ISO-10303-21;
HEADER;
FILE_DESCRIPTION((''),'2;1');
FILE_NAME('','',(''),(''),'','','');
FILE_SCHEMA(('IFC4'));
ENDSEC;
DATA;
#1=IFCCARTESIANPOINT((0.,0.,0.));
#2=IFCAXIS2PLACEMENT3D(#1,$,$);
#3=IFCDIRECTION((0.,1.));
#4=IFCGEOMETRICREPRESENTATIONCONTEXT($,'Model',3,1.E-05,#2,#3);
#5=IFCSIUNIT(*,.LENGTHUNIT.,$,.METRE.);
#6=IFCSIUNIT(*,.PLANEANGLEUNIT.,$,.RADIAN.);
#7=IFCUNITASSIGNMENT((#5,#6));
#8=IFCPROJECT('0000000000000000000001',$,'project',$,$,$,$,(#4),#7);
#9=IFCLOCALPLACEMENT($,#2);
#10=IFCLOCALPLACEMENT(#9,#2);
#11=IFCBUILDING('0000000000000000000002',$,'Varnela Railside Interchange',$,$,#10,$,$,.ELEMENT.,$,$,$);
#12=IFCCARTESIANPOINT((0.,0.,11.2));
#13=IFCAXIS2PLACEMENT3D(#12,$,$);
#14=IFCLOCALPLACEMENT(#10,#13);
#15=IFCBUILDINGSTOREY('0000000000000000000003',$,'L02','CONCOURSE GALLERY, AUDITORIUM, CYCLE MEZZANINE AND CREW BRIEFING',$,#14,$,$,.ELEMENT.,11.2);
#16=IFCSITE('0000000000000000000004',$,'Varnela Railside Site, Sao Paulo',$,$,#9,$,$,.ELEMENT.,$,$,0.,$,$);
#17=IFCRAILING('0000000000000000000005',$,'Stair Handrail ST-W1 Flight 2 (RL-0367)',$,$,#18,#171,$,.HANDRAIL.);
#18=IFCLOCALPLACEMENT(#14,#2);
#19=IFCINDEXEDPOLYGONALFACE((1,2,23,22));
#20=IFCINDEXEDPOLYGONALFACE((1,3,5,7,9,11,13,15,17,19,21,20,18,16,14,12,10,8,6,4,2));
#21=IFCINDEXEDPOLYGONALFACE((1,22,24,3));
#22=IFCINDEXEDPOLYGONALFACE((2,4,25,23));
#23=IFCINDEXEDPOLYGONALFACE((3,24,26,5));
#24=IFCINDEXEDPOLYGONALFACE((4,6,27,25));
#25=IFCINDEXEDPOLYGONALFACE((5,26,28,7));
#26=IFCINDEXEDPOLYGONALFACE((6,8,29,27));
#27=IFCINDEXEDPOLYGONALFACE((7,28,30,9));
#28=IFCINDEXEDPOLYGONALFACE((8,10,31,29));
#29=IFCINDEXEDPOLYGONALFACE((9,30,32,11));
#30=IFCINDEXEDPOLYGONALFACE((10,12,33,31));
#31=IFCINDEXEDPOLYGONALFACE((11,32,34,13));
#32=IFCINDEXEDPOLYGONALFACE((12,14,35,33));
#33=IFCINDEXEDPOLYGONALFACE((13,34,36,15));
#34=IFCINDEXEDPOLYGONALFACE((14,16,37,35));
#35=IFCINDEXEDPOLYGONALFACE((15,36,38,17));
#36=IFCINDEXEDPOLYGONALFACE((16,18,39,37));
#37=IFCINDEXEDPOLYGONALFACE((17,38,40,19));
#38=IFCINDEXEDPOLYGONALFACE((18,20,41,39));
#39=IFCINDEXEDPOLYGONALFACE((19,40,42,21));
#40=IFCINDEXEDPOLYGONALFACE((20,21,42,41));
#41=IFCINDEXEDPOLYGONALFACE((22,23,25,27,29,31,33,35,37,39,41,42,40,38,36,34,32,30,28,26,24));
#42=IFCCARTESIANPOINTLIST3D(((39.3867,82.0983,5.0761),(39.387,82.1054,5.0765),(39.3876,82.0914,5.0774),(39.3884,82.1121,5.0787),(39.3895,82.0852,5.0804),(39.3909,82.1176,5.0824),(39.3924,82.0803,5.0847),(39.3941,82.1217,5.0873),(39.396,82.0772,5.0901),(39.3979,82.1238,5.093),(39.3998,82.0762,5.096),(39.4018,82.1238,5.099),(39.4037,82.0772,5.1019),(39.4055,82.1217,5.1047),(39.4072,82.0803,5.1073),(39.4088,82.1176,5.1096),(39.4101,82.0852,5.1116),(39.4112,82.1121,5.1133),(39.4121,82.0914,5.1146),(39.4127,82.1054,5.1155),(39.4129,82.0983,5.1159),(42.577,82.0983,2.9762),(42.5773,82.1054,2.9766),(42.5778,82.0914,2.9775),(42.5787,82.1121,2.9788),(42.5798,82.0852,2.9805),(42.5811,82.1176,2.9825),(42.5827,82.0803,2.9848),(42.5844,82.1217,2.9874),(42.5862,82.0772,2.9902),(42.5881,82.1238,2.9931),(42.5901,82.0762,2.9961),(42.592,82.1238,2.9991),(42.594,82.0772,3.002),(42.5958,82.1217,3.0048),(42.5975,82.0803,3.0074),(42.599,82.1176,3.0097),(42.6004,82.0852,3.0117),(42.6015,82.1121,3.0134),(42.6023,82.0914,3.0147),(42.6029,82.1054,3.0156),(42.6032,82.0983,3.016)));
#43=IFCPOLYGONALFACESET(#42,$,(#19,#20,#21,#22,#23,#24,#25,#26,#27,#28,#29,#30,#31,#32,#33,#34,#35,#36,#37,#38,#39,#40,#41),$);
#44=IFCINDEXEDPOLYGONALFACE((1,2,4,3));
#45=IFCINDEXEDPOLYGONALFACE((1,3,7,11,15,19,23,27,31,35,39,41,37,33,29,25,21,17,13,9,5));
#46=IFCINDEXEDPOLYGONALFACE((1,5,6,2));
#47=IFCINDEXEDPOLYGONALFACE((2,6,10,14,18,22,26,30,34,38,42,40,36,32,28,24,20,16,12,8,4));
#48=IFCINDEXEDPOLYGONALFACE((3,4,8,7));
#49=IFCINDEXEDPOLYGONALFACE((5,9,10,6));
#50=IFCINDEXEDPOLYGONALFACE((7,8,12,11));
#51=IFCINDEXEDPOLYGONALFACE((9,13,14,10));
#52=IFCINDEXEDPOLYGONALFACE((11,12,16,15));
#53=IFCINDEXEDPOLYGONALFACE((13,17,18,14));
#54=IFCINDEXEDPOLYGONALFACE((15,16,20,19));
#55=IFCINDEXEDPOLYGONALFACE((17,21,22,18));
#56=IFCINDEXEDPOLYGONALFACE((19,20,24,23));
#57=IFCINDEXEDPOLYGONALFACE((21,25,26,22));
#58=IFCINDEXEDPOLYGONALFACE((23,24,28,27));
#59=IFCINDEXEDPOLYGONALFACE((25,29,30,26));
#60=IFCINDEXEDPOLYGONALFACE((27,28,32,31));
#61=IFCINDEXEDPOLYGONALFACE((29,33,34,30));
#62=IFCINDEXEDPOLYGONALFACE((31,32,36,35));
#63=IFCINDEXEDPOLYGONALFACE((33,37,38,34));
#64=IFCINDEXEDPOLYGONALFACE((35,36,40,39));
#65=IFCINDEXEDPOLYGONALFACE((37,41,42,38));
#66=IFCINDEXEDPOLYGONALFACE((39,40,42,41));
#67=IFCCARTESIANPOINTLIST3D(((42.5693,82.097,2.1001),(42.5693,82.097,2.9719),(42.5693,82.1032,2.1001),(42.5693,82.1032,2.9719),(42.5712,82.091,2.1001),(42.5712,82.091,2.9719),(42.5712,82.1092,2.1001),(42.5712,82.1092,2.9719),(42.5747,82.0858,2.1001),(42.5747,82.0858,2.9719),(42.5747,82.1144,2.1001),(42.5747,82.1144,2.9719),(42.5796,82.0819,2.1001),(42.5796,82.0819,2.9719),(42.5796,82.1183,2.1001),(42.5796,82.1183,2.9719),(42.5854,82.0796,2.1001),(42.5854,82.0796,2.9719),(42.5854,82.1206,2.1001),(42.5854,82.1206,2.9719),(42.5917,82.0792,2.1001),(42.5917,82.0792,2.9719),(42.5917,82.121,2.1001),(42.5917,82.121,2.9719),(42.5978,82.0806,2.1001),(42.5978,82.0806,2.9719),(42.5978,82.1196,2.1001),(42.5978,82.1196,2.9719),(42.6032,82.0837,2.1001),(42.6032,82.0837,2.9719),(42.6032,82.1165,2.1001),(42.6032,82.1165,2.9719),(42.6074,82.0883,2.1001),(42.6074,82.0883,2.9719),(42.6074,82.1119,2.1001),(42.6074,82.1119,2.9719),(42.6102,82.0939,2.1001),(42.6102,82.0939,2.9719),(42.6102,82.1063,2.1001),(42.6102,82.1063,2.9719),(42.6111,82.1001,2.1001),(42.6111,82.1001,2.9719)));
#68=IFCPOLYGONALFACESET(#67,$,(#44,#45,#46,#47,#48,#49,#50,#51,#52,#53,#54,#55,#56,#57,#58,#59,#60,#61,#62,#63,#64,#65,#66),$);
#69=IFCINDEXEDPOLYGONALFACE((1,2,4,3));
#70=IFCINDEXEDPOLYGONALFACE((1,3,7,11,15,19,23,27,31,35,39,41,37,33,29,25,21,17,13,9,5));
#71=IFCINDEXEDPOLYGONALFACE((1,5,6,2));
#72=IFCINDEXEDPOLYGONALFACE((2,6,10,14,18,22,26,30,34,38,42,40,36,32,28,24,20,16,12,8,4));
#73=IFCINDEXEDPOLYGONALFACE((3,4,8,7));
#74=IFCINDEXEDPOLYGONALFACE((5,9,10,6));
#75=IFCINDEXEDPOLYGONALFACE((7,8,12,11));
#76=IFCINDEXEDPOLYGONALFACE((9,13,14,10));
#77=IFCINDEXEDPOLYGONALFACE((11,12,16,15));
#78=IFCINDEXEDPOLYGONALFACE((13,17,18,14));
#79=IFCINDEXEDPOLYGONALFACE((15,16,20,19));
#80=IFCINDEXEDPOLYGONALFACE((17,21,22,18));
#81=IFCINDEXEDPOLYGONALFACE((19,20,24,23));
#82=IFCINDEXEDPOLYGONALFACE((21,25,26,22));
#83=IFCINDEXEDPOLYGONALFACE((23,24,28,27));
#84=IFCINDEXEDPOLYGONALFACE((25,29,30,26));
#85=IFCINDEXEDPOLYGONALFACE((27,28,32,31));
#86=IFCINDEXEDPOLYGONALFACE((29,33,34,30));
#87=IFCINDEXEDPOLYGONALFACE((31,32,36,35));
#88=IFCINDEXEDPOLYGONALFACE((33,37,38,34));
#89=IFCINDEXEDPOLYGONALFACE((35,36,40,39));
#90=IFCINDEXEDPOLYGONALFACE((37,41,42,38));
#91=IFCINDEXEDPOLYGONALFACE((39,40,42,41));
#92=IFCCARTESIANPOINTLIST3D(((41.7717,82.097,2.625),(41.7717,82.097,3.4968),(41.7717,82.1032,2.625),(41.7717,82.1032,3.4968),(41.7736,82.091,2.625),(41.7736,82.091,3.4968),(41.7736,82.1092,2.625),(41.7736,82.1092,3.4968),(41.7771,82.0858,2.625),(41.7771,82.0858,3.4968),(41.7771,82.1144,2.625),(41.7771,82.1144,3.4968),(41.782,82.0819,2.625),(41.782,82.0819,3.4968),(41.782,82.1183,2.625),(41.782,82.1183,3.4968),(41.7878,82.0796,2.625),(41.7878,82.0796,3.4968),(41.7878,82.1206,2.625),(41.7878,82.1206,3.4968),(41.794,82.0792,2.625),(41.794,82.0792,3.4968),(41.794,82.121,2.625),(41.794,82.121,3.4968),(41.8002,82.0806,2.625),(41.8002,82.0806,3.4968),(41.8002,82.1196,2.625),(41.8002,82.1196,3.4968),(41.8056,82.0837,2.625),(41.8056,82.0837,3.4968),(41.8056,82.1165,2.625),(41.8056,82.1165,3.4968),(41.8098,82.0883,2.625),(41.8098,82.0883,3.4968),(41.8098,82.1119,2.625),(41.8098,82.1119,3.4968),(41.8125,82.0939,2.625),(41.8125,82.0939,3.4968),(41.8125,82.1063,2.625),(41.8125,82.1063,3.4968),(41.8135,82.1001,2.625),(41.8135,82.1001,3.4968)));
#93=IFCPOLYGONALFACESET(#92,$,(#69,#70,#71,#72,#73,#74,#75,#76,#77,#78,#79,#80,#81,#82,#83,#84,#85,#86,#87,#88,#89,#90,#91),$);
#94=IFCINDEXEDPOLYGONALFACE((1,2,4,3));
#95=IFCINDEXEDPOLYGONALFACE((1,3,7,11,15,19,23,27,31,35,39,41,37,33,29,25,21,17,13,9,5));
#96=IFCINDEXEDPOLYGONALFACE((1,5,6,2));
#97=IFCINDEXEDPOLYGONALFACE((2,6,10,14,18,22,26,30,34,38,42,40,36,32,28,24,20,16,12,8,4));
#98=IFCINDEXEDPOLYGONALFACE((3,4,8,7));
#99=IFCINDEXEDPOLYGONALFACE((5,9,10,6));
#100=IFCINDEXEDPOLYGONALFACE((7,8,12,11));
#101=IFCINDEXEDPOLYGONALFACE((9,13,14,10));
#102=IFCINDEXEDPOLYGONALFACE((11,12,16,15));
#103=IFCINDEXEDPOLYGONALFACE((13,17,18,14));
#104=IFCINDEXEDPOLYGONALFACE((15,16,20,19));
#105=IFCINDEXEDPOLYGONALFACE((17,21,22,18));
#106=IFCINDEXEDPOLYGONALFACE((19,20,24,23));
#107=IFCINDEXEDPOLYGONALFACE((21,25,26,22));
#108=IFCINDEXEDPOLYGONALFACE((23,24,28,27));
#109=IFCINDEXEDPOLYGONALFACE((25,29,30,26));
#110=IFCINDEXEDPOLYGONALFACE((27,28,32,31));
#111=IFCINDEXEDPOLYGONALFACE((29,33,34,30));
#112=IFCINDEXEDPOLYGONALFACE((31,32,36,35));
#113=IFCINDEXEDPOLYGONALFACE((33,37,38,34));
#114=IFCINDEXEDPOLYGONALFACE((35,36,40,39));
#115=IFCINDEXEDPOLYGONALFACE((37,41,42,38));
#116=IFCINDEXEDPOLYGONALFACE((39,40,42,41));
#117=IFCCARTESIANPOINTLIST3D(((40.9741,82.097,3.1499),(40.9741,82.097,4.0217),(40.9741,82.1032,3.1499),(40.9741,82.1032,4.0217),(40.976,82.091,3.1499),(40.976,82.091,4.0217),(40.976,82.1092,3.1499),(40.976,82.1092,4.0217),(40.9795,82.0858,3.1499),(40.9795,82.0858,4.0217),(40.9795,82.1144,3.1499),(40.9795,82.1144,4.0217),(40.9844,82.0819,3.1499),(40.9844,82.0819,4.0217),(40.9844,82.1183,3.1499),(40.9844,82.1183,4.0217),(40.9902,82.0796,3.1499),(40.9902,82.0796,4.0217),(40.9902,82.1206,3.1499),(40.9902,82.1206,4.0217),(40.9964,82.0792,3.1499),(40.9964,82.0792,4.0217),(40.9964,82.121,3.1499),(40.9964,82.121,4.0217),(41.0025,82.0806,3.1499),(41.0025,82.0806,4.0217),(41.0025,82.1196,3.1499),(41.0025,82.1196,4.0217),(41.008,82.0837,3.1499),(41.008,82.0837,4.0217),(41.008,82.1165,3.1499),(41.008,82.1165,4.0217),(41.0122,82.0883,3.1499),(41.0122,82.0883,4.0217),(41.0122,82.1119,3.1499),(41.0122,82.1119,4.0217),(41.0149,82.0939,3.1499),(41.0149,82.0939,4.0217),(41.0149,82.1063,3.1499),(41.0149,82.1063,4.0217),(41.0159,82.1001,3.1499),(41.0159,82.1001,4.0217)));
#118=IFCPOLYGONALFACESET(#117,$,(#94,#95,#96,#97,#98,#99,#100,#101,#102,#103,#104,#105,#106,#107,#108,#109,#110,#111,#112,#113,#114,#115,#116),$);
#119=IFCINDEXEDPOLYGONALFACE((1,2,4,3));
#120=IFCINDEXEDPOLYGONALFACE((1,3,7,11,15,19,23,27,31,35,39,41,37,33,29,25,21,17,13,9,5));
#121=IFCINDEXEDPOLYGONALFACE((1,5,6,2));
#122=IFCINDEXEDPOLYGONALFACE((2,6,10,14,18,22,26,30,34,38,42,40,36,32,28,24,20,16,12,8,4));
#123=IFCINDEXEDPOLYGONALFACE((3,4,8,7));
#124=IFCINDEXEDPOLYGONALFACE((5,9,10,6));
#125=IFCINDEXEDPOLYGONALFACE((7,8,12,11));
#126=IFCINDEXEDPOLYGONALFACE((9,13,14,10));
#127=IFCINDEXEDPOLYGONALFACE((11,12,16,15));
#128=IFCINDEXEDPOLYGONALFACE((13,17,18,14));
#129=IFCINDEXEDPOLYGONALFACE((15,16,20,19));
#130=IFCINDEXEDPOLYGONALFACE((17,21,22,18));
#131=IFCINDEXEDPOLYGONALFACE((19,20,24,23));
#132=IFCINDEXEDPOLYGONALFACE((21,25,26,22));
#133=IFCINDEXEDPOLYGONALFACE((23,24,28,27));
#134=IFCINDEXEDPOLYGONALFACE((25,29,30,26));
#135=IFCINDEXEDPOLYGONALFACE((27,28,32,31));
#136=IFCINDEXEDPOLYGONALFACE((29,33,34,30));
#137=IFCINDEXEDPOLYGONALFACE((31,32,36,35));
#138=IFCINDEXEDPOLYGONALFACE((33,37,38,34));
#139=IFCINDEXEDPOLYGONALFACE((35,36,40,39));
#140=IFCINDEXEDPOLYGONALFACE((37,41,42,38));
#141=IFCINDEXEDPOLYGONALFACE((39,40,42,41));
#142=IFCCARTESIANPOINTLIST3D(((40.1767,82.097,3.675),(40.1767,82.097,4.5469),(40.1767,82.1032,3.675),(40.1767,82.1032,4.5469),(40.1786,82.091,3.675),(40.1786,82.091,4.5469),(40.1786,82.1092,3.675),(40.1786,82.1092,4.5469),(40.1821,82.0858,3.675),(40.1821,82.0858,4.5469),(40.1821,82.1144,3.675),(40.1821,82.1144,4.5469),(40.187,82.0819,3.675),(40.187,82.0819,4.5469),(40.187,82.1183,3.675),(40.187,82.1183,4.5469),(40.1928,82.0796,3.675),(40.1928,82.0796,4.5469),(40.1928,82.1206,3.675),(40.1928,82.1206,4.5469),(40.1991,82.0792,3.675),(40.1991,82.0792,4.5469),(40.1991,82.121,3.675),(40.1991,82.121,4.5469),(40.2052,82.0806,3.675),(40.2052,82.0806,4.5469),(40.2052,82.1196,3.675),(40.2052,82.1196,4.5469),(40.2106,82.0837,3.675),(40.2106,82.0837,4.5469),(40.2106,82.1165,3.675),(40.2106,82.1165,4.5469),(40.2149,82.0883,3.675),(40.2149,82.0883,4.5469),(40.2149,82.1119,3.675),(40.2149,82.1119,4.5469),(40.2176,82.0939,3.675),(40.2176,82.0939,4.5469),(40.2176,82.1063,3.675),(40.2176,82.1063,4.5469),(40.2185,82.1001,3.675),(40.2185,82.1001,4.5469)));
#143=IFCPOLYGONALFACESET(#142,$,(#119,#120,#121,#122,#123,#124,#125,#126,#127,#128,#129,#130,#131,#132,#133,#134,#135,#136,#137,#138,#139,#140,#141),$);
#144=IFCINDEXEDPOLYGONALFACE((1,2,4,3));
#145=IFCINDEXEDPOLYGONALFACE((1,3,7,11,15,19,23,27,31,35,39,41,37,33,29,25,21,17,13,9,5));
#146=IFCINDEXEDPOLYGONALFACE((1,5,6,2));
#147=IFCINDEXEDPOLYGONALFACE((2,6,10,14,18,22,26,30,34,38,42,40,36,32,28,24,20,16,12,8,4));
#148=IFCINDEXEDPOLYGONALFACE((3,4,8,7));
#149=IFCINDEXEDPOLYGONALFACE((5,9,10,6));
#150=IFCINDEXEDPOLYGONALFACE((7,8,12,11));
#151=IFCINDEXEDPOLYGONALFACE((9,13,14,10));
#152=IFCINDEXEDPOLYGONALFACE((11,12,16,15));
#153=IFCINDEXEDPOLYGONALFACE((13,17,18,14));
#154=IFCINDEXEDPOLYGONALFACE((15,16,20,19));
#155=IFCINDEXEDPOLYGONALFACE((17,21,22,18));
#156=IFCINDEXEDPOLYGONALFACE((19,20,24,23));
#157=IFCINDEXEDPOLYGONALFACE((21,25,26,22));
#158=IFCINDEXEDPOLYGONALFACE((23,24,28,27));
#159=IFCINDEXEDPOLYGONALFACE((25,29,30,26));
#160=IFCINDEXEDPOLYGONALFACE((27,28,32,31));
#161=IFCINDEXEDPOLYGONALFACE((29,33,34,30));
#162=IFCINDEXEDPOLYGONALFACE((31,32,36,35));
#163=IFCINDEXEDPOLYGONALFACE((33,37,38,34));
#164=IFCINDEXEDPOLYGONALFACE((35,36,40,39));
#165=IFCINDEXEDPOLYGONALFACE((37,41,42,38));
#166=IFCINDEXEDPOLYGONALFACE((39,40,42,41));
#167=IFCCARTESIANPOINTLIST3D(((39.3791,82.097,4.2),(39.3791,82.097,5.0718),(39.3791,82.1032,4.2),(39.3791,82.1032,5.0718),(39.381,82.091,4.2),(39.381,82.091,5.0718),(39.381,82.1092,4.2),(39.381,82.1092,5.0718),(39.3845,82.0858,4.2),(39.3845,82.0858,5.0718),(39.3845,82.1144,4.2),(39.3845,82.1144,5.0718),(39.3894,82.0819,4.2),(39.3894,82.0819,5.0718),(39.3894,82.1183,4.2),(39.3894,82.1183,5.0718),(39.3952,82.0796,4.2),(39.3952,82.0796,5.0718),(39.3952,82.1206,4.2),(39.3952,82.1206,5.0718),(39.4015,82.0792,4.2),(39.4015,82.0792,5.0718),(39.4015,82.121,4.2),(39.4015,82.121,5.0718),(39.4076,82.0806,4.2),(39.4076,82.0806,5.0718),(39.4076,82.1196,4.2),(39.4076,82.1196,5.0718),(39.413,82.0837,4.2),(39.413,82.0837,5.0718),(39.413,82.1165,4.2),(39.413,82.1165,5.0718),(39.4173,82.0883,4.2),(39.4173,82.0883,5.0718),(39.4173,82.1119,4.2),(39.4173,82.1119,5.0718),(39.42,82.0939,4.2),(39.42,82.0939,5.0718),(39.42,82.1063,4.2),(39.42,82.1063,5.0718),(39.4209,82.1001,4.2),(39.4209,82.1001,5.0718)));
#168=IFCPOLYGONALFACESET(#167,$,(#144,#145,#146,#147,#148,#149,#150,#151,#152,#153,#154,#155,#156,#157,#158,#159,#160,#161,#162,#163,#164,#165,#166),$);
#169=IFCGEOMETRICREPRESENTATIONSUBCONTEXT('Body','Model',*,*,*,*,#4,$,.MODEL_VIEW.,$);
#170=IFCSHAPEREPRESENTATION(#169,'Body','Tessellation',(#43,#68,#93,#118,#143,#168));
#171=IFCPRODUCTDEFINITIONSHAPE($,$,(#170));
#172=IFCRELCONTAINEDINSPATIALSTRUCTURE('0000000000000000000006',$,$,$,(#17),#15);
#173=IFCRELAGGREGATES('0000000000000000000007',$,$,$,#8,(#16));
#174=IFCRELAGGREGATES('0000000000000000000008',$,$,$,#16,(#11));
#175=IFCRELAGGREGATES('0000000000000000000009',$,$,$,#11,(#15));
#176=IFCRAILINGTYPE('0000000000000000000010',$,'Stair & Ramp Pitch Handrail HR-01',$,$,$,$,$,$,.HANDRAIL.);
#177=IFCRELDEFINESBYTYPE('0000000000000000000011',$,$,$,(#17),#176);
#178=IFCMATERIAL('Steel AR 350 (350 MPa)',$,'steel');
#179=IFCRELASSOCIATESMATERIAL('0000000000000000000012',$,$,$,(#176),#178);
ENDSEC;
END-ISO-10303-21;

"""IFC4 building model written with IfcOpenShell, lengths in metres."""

from ifc_helpers import new_model, si_unit, direction, frame, origin, origin_2d, place, context, subcontext, project, spatial, circle, extrude, material, type_object, element, save


model = new_model("IFC4")

# Units and contexts
model_context = context("Model", 3, precision=1e-05, world=origin(), true_north=direction((0.0, 1.0)))
body_context = subcontext(model_context, "Body", "Model", "MODEL_VIEW")
ifc_project = project(units=[si_unit("LENGTHUNIT", "METRE"), si_unit("PLANEANGLEUNIT", "RADIAN")], contexts=[model_context])

# Site, building, storey
site_placement = place(None, origin())
site = spatial("IfcSite", under=ifc_project, at=site_placement, Name="Varnela Railside Site, Sao Paulo", CompositionType="ELEMENT", RefElevation=0.0)
building_placement = place(site_placement, origin())
building = spatial("IfcBuilding", under=site, at=building_placement, Name="Varnela Railside Interchange", CompositionType="ELEMENT")
storey_placement = place(building_placement, frame((0.0, 0.0, 11.2)))
storey = spatial("IfcBuildingStorey", under=building, at=storey_placement, Name="L02", Description="CONCOURSE GALLERY, AUDITORIUM, CYCLE MEZZANINE AND CREW BRIEFING", CompositionType="ELEMENT", Elevation=11.2)

# Shared definitions
ifc_material_1 = material(Name="Steel AR 350 (350 MPa)", Category="steel")

# Railing
railing_type_1 = type_object("IfcRailingType", Name="Stair & Ramp Pitch Handrail HR-01", PredefinedType="HANDRAIL", material=ifc_material_1)
railing_1_placement = place(storey_placement, frame((42.5901, 82.1001, 2.1001)))
element("IfcRailing", 1, at=railing_1_placement, inside=storey, type_object=railing_type_1, Name="Stair Handrail ST-W1 Flight 2 (RL-0367)", PredefinedType="HANDRAIL", context=body_context, shape_type="SweptSolid", body=[
    extrude(circle(Radius=0.0239, at=origin_2d()), frame((0.0, 0.0, 0.896), z_axis=(-0.835291, 0.0, 0.549808), x_axis=(0.0, -1.0, 0.0)), (0.0, 0.0, 1.0), 3.8193),
    extrude(circle(Radius=0.021, at=origin_2d()), origin(), (0.0, 0.0, 1.0), 0.8718),
    extrude(circle(Radius=0.021, at=origin_2d()), frame((-0.7976, 0.0, 0.5249)), (0.0, 0.0, 1.0), 0.8718),
    extrude(circle(Radius=0.021, at=origin_2d()), frame((-1.5952, 0.0, 1.0498)), (0.0, 0.0, 1.0), 0.8718),
    extrude(circle(Radius=0.021, at=origin_2d()), frame((-2.3926, 0.0, 1.575)), (0.0, 0.0, 1.0), 0.8718),
    extrude(circle(Radius=0.021, at=origin_2d()), frame((-3.1902, 0.0, 2.0999)), (0.0, 0.0, 1.0), 0.8718),
])

save(model, "model.ifc")
